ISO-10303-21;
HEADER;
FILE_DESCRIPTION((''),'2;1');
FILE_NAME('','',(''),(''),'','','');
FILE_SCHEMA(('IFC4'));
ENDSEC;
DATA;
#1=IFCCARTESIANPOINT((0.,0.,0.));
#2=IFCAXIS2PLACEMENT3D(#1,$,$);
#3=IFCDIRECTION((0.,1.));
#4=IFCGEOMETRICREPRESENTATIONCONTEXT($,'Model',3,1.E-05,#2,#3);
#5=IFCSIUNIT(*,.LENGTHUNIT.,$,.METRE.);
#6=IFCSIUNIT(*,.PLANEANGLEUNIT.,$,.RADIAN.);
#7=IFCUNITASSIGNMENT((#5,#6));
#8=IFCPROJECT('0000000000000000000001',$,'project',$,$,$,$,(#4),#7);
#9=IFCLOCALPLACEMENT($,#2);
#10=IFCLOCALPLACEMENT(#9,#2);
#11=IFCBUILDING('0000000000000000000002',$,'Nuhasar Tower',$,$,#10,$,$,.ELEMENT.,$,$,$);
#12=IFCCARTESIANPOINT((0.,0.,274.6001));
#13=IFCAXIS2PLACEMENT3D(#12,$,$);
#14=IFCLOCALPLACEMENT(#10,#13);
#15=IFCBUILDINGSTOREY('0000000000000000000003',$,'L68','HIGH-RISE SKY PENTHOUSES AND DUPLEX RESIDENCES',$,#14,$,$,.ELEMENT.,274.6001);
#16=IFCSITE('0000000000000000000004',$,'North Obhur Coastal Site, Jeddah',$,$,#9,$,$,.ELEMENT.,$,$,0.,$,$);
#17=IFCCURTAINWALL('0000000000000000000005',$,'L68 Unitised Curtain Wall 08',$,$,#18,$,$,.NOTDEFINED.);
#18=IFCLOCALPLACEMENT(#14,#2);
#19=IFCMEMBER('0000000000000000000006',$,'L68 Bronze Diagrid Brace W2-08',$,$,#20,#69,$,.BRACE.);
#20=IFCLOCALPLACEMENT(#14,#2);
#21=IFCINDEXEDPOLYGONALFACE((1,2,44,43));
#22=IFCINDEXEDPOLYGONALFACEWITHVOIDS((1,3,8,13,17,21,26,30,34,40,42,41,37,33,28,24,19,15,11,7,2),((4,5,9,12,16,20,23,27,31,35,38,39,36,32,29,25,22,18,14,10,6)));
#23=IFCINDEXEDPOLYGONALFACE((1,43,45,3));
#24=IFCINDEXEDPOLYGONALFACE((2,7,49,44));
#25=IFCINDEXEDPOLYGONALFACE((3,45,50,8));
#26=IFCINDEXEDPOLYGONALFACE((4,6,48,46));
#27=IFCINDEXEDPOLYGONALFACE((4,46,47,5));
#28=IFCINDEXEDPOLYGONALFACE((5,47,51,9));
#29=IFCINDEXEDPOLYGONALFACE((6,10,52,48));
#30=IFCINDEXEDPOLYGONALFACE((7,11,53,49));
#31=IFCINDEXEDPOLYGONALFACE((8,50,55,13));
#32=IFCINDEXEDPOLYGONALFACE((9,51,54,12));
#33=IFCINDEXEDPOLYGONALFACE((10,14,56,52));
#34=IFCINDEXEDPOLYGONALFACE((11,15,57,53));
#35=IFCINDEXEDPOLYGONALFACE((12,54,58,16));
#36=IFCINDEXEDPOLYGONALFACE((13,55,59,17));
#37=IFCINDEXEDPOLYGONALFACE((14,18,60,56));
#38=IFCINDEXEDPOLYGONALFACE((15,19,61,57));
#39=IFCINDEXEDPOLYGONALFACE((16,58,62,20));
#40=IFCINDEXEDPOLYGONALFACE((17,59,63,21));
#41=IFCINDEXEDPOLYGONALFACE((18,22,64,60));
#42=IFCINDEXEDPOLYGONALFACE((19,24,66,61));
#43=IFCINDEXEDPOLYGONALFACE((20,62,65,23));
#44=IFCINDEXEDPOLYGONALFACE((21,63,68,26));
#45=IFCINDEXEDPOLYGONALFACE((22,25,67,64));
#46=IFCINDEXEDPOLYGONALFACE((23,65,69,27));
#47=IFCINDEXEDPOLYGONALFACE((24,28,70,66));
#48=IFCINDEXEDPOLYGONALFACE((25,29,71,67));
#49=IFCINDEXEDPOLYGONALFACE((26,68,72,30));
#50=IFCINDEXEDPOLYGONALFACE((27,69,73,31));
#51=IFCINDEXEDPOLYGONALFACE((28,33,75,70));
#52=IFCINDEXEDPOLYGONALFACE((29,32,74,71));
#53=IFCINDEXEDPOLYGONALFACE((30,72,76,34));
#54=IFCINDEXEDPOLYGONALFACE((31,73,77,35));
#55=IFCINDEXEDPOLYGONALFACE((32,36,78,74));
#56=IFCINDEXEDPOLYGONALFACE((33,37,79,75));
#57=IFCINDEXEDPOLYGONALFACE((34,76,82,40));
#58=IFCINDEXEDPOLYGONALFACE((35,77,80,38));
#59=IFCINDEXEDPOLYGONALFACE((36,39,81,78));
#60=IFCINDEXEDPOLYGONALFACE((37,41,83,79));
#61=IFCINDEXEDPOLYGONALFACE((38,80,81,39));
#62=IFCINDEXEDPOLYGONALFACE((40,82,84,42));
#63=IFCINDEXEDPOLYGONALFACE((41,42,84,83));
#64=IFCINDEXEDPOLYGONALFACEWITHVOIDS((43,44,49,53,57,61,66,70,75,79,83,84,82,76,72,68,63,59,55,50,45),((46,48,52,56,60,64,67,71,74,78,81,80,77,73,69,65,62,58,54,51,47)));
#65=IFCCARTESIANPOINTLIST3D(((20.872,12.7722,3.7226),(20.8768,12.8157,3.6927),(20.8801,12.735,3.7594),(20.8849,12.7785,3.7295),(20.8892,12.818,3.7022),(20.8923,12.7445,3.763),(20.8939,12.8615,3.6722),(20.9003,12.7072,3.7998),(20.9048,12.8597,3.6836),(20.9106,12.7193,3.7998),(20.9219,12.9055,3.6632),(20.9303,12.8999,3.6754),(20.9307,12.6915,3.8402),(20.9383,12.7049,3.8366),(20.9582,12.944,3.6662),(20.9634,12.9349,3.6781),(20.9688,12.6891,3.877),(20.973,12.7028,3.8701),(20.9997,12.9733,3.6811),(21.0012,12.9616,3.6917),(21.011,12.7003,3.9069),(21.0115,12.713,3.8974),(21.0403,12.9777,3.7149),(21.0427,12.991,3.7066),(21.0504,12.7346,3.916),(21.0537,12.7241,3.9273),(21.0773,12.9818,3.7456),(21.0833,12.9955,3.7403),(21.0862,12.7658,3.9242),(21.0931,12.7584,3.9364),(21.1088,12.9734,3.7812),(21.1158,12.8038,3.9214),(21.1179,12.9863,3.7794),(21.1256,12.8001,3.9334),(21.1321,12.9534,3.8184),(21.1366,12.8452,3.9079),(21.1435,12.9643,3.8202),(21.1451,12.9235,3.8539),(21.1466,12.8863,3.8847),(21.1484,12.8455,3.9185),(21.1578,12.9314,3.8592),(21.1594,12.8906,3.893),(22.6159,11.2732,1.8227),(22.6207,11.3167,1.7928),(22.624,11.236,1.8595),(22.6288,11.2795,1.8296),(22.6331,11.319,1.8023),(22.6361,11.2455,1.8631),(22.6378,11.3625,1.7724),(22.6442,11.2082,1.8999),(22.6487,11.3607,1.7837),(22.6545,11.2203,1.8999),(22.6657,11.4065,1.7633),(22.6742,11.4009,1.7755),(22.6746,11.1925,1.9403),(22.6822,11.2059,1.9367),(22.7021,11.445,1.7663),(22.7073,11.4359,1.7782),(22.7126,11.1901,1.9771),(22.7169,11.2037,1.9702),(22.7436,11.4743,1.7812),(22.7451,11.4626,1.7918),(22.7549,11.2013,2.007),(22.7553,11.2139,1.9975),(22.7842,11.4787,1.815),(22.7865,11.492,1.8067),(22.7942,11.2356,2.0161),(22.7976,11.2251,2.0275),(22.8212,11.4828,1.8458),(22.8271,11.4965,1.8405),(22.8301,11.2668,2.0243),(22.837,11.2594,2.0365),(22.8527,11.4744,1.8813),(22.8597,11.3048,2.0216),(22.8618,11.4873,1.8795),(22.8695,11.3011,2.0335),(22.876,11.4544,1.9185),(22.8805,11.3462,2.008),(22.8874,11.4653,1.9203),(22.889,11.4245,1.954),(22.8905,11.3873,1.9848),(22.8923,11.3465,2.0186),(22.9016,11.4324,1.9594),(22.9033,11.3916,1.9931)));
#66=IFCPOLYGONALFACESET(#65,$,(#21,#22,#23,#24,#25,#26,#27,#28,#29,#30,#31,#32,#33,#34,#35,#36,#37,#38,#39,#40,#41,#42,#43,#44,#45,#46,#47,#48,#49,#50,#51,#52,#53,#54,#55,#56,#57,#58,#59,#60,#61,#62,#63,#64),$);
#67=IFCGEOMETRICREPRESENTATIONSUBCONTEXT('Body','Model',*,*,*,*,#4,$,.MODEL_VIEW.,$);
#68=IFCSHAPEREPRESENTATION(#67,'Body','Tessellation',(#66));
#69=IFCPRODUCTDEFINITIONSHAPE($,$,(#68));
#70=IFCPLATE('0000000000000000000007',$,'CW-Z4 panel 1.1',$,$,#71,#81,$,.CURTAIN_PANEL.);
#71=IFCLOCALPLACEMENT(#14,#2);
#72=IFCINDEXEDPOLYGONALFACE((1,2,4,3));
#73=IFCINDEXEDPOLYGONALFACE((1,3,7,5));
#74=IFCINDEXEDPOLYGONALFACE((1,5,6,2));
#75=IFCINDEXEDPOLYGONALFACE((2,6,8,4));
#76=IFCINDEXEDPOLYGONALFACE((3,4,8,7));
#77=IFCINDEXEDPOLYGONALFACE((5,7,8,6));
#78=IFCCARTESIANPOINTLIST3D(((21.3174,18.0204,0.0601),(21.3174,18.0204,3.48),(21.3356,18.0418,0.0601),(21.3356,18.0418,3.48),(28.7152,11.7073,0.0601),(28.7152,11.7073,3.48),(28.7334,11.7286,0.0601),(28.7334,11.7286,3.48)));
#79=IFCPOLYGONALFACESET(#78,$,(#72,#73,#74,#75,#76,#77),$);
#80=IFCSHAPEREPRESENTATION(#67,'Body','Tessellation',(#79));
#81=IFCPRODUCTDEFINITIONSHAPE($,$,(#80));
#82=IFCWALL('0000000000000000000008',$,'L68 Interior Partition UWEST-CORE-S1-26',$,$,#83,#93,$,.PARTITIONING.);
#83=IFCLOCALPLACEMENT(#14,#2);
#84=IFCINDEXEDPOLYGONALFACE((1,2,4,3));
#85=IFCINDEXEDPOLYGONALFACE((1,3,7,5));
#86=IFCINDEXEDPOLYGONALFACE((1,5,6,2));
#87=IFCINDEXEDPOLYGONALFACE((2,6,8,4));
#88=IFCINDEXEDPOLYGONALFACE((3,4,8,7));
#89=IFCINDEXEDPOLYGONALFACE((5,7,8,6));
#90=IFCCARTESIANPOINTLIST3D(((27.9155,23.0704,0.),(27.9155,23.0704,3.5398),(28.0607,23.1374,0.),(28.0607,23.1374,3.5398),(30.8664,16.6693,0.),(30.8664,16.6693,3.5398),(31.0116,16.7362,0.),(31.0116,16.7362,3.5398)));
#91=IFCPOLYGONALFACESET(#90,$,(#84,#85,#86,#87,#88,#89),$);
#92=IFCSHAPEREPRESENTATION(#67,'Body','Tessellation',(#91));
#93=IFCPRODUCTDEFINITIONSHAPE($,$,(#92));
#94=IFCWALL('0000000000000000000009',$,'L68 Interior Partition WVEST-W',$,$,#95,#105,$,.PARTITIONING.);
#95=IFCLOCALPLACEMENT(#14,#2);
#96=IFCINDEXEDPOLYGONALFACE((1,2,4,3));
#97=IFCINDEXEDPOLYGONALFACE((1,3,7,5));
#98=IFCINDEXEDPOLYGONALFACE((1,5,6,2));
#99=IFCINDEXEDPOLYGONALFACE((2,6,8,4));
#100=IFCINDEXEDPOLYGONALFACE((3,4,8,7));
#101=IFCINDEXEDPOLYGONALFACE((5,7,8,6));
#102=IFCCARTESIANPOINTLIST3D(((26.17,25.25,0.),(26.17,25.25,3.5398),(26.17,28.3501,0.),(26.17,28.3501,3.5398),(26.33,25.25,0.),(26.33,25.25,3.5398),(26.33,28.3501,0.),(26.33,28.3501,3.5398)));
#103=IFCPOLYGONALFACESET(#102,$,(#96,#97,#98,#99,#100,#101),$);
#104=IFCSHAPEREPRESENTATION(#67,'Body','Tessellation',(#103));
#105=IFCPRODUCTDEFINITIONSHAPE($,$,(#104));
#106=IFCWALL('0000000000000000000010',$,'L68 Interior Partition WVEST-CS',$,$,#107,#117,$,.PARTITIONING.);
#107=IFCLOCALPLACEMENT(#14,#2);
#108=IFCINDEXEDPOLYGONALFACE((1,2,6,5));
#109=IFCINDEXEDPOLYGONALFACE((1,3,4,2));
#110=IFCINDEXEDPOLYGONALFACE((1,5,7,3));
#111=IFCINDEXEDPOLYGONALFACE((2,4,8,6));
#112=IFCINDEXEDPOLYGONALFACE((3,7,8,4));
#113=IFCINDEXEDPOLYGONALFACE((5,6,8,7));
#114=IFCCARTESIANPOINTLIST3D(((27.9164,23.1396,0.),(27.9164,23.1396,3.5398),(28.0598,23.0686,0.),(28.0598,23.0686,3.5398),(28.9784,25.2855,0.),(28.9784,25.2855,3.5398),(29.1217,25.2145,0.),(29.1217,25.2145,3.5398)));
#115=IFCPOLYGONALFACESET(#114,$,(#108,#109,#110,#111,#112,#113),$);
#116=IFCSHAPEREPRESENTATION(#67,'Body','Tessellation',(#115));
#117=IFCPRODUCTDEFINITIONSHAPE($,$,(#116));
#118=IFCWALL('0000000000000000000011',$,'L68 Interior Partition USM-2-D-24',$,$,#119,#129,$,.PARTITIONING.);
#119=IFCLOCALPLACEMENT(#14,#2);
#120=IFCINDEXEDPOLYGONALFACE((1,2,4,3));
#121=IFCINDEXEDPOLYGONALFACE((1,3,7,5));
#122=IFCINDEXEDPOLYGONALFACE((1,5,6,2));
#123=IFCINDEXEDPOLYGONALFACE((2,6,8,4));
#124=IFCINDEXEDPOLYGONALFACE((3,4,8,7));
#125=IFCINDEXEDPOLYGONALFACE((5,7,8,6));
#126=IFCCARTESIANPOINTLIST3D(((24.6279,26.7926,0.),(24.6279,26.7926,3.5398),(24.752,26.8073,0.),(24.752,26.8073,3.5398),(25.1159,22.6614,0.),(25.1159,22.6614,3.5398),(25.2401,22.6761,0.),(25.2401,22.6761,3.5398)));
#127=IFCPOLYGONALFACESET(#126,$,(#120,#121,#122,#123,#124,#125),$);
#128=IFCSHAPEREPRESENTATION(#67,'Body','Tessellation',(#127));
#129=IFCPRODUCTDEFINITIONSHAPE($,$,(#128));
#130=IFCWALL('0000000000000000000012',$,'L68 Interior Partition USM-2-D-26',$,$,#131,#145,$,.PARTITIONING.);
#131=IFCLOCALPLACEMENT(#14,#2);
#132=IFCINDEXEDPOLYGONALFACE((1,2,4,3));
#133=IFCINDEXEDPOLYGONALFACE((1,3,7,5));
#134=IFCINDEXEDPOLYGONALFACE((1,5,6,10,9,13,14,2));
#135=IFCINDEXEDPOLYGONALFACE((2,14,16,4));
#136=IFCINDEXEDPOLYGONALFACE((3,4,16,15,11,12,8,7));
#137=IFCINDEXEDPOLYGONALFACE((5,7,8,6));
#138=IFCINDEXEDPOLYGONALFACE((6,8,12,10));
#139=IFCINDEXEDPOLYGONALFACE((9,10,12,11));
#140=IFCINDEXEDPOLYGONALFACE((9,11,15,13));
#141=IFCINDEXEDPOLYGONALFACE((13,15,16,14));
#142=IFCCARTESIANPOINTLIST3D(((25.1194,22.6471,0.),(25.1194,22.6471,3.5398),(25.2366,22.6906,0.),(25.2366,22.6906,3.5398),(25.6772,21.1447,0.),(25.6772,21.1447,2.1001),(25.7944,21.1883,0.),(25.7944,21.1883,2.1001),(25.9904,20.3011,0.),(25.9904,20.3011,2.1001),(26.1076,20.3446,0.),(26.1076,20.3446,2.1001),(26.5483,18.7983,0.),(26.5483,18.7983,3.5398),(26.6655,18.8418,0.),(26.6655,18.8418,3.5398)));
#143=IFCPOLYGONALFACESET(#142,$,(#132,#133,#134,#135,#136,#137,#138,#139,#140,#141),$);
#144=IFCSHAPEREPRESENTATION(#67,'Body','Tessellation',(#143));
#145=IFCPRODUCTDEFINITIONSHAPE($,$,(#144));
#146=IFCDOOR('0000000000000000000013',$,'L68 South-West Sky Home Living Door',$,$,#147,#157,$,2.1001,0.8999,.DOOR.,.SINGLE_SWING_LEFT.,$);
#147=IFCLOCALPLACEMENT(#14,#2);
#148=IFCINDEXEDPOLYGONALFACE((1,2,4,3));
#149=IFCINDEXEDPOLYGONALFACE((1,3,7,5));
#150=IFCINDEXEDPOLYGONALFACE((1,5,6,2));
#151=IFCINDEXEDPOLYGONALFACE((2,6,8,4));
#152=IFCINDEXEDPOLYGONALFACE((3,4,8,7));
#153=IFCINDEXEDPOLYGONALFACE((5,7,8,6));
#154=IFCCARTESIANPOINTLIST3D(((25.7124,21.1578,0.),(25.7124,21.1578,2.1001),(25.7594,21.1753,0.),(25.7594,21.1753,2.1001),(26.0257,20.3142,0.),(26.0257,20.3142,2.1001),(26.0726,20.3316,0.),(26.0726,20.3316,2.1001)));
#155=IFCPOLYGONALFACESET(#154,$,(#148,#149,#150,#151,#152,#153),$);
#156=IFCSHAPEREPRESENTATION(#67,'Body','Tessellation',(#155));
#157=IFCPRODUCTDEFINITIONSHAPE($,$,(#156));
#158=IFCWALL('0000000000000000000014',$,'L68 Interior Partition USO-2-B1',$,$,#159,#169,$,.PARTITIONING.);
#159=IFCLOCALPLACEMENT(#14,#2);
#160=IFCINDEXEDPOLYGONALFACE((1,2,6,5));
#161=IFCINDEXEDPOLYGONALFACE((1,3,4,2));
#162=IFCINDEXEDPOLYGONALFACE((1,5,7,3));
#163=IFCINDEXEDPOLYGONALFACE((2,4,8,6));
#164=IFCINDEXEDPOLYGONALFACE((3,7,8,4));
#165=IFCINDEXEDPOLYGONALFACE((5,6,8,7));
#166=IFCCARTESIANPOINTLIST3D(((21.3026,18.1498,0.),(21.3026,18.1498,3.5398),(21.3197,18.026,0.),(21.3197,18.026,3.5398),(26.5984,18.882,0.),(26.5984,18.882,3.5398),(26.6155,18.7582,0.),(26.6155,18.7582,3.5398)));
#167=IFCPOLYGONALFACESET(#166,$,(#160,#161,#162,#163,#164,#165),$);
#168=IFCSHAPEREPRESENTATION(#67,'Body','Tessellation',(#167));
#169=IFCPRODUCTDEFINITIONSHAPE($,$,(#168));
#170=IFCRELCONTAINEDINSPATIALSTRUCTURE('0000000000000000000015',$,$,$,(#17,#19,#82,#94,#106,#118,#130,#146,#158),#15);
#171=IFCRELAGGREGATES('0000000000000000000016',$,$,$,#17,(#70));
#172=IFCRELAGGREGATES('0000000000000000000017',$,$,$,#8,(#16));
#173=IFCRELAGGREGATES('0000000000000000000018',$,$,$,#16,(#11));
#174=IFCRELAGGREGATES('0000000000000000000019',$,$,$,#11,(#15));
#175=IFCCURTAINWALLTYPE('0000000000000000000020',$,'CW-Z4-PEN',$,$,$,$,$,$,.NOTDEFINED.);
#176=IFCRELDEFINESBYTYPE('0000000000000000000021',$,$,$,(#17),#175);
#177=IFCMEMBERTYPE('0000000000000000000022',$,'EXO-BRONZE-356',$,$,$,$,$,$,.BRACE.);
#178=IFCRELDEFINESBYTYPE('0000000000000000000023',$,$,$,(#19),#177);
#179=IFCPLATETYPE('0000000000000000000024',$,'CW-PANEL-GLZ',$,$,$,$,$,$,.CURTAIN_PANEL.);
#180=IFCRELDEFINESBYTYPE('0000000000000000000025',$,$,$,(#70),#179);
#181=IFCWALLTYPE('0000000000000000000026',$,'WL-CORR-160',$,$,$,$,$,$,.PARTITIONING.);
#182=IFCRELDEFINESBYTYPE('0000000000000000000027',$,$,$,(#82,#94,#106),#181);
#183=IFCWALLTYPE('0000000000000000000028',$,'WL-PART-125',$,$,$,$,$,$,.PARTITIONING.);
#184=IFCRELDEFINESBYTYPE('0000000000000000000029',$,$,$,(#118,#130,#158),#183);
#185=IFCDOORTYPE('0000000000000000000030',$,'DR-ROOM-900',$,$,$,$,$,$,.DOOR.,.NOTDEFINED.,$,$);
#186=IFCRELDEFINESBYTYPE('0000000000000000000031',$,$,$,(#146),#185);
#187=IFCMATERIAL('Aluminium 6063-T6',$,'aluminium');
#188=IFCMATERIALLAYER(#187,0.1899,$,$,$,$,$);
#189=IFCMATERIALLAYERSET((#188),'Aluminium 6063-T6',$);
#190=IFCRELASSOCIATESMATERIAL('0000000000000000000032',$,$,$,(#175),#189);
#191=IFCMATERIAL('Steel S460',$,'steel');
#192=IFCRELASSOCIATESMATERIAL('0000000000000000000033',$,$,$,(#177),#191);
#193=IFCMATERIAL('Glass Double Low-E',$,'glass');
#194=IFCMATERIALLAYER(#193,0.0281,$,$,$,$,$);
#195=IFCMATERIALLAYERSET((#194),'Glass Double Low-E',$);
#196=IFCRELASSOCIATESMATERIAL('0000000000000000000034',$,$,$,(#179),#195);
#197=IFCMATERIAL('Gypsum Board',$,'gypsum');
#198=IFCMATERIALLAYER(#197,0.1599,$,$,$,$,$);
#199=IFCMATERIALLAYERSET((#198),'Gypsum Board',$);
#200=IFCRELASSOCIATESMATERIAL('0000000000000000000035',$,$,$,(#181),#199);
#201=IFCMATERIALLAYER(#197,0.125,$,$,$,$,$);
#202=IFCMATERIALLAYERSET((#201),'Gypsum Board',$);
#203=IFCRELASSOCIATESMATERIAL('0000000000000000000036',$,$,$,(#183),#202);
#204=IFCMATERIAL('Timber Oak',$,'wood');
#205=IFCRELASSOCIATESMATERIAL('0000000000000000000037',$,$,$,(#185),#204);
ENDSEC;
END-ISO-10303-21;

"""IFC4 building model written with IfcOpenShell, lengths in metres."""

from ifc_helpers import new_model, si_unit, direction, frame, frame_2d, origin, origin_2d, place, context, subcontext, project, spatial, rectangle, hollow_circle, extrude, material, layer, layer_set, material_profile, profile_set, type_object, element, fill, aggregate, save


model = new_model("IFC4")

# Units and contexts
model_context = context("Model", 3, precision=1e-05, world=origin(), true_north=direction((0.0, 1.0)))
body_context = subcontext(model_context, "Body", "Model", "MODEL_VIEW")
ifc_project = project(units=[si_unit("LENGTHUNIT", "METRE"), si_unit("PLANEANGLEUNIT", "RADIAN")], contexts=[model_context])

# Site, building, storey
site_placement = place(None, origin())
site = spatial("IfcSite", under=ifc_project, at=site_placement, Name="North Obhur Coastal Site, Jeddah", CompositionType="ELEMENT", RefElevation=0.0)
building_placement = place(site_placement, origin())
building = spatial("IfcBuilding", under=site, at=building_placement, Name="Nuhasar Tower", CompositionType="ELEMENT")
storey_placement = place(building_placement, frame((0.0, 0.0, 274.6001)))
storey = spatial("IfcBuildingStorey", under=building, at=storey_placement, Name="L68", Description="HIGH-RISE SKY PENTHOUSES AND DUPLEX RESIDENCES", CompositionType="ELEMENT", Elevation=274.6001)

# Curtain wall
ifc_material_1 = material(Name="Aluminium 6063-T6", Category="aluminium")
ifc_layer_1 = layer(ifc_material_1, 0.1899)
ifc_layer_set_1 = layer_set([ifc_layer_1], Name="Aluminium 6063-T6")
curtain_wall_type = type_object("IfcCurtainWallType", Name="CW-Z4-PEN", PredefinedType="NOTDEFINED", material=ifc_layer_set_1)
curtain_wall_1_placement = place(storey_placement, origin())
curtain_wall_1 = element("IfcCurtainWall", 1, at=curtain_wall_1_placement, inside=storey, type_object=curtain_wall_type, Name="L68 Unitised Curtain Wall 08", PredefinedType="NOTDEFINED")

# Member
ifc_material_2 = material(Name="Steel S460", Category="steel")
ifc_material_profile_1 = material_profile(ifc_material_2, hollow_circle(Radius=0.1777, WallThickness=0.0159, at=origin_2d()), Name="HSS355.6X15.9")
ifc_profile_set_1 = profile_set([ifc_material_profile_1], Name="Steel S460")
member_type_1 = type_object("IfcMemberType", Name="EXO-BRONZE-356", PredefinedType="BRACE", material=ifc_profile_set_1)
member_1_placement = place(storey_placement, frame((22.76, 11.343, 1.8999), z_axis=(-0.584625, 0.502534, 0.636925), x_axis=(-0.651857, -0.758342, 0.0)))
element("IfcMember", 2, at=member_1_placement, inside=storey, type_object=member_type_1, Name="L68 Bronze Diagrid Brace W2-08", PredefinedType="BRACE", context=body_context, shape_type="SweptSolid", body=[
    extrude(hollow_circle(Radius=0.1777, WallThickness=0.0159, at=origin_2d()), origin(), (0.0, 0.0, 1.0), 2.9829),
])

# Plate
ifc_material_3 = material(Name="Glass Double Low-E", Category="glass")
ifc_layer_2 = layer(ifc_material_3, 0.0281)
ifc_layer_set_2 = layer_set([ifc_layer_2], Name="Glass Double Low-E")
plate_type = type_object("IfcPlateType", Name="CW-PANEL-GLZ", PredefinedType="CURTAIN_PANEL", material=ifc_layer_set_2)
plate_placement = place(storey_placement, frame((25.0254, 14.8745, 0.0601), z_axis=(0.0, 0.0, 1.0), x_axis=(0.760667, -0.649142, 0.0)))
plate = element("IfcPlate", 3, at=plate_placement, type_object=plate_type, Name="CW-Z4 panel 1.1", PredefinedType="CURTAIN_PANEL", context=body_context, shape_type="SweptSolid", body=[
    extrude(rectangle(XDim=9.7253, YDim=0.0281, at=origin_2d()), origin(), (0.0, 0.0, 1.0), 3.4199),
])
aggregate(curtain_wall_1, [plate])

# Wall
ifc_material_4 = material(Name="Gypsum Board", Category="gypsum")
ifc_layer_3 = layer(ifc_material_4, 0.1599)
ifc_layer_set_3 = layer_set([ifc_layer_3], Name="Gypsum Board")
wall_type_1 = type_object("IfcWallType", Name="WL-CORR-160", PredefinedType="PARTITIONING", material=ifc_layer_set_3)
wall_1_placement = place(storey_placement, frame((27.988, 23.104, 0.0), z_axis=(0.0, 0.0, 1.0), x_axis=(0.418656, -0.908145, 0.0)))
element("IfcWall", 4, at=wall_1_placement, inside=storey, type_object=wall_type_1, Name="L68 Interior Partition UWEST-CORE-S1-26", PredefinedType="PARTITIONING", context=body_context, shape_type="SweptSolid", body=[
    extrude(rectangle(XDim=7.0486, YDim=0.1599, at=frame_2d((3.5244, 0.0))), origin(), (0.0, 0.0, 1.0), 3.5398),
])

# Shared definitions
ifc_material_5 = material(Name="Timber Oak", Category="wood")

# Walls
wall_2_placement = place(storey_placement, frame((26.25, 25.25, 0.0), z_axis=(0.0, 0.0, 1.0), x_axis=(0.0, 1.0, 0.0)))
element("IfcWall", 5, at=wall_2_placement, inside=storey, type_object=wall_type_1, Name="L68 Interior Partition WVEST-W", PredefinedType="PARTITIONING", context=body_context, shape_type="SweptSolid", body=[
    extrude(rectangle(XDim=3.1001, YDim=0.1599, at=frame_2d((1.55, 0.0))), origin(), (0.0, 0.0, 1.0), 3.5398),
])
wall_3_placement = place(storey_placement, frame((27.988, 23.104, 0.0), z_axis=(0.0, 0.0, 1.0), x_axis=(0.443539, 0.896255, 0.0)))
element("IfcWall", 6, at=wall_3_placement, inside=storey, type_object=wall_type_1, Name="L68 Interior Partition WVEST-CS", PredefinedType="PARTITIONING", context=body_context, shape_type="SweptSolid", body=[
    extrude(rectangle(XDim=2.3943, YDim=0.1599, at=frame_2d((1.1973, 0.0))), origin(), (0.0, 0.0, 1.0), 3.5398),
])
ifc_layer_4 = layer(ifc_material_4, 0.125)
ifc_layer_set_4 = layer_set([ifc_layer_4], Name="Gypsum Board")
wall_type_2 = type_object("IfcWallType", Name="WL-PART-125", PredefinedType="PARTITIONING", material=ifc_layer_set_4)
wall_4_placement = place(storey_placement, frame((24.6899, 26.8, 0.0), z_axis=(0.0, 0.0, 1.0), x_axis=(0.117321, -0.993094, 0.0)))
element("IfcWall", 7, at=wall_4_placement, inside=storey, type_object=wall_type_2, Name="L68 Interior Partition USM-2-D-24", PredefinedType="PARTITIONING", context=body_context, shape_type="SweptSolid", body=[
    extrude(rectangle(XDim=4.1599, YDim=0.125, at=frame_2d((2.0801, 0.0))), origin(), (0.0, 0.0, 1.0), 3.5398),
])

# Wall, opening, door
wall_5_placement = place(storey_placement, frame((26.6069, 18.8201, 0.0), z_axis=(0.0, 0.0, 1.0), x_axis=(-0.348052, 0.937475, 0.0)))
wall_5 = element("IfcWall", 8, at=wall_5_placement, inside=storey, type_object=wall_type_2, Name="L68 Interior Partition USM-2-D-26", PredefinedType="PARTITIONING", context=body_context, shape_type="SweptSolid", body=[
    extrude(rectangle(XDim=4.1055, YDim=0.125, at=frame_2d((2.0527, 0.0))), origin(), (0.0, 0.0, 1.0), 3.5398),
])
opening_1_placement = place(wall_5_placement, frame((1.603, 0.0, 0.0)))
opening_1 = element("IfcOpeningElement", 9, at=opening_1_placement, cuts=wall_5, PredefinedType="OPENING", context=body_context, shape_type="SweptSolid", body=[
    extrude(rectangle(XDim=0.8999, YDim=2.1001, at=frame_2d((0.45, 1.05))), frame((0.0, 0.0725, 0.0), z_axis=(0.0, -1.0, 0.0), x_axis=(1.0, 0.0, 0.0)), (0.0, 0.0, 1.0), 0.145),
])
door_type_1 = type_object("IfcDoorType", Name="DR-ROOM-900", OperationType="NOTDEFINED", PredefinedType="DOOR", material=ifc_material_5)
door_1_placement = place(opening_1_placement, origin())
door_1 = element("IfcDoor", 10, at=door_1_placement, inside=storey, type_object=door_type_1, Name="L68 South-West Sky Home Living Door", OperationType="SINGLE_SWING_LEFT", OverallHeight=2.1001, OverallWidth=0.8999, PredefinedType="DOOR", context=body_context, shape_type="SweptSolid", body=[
    extrude(rectangle(XDim=0.8999, YDim=2.1001, at=frame_2d((0.45, 1.05))), frame((0.0, 0.0249, 0.0), z_axis=(0.0, -1.0, 0.0), x_axis=(1.0, 0.0, 0.0)), (0.0, 0.0, 1.0), 0.05),
])
fill(opening_1, door_1)

# Wall
wall_6_placement = place(storey_placement, frame((26.6069, 18.8201, 0.0), z_axis=(0.0, 0.0, 1.0), x_axis=(-0.990578, -0.136951, 0.0)))
element("IfcWall", 11, at=wall_6_placement, inside=storey, type_object=wall_type_2, Name="L68 Interior Partition USO-2-B1", PredefinedType="PARTITIONING", context=body_context, shape_type="SweptSolid", body=[
    extrude(rectangle(XDim=5.3462, YDim=0.125, at=frame_2d((2.6731, 0.0))), origin(), (0.0, 0.0, 1.0), 3.5398),
])

save(model, "model.ifc")
